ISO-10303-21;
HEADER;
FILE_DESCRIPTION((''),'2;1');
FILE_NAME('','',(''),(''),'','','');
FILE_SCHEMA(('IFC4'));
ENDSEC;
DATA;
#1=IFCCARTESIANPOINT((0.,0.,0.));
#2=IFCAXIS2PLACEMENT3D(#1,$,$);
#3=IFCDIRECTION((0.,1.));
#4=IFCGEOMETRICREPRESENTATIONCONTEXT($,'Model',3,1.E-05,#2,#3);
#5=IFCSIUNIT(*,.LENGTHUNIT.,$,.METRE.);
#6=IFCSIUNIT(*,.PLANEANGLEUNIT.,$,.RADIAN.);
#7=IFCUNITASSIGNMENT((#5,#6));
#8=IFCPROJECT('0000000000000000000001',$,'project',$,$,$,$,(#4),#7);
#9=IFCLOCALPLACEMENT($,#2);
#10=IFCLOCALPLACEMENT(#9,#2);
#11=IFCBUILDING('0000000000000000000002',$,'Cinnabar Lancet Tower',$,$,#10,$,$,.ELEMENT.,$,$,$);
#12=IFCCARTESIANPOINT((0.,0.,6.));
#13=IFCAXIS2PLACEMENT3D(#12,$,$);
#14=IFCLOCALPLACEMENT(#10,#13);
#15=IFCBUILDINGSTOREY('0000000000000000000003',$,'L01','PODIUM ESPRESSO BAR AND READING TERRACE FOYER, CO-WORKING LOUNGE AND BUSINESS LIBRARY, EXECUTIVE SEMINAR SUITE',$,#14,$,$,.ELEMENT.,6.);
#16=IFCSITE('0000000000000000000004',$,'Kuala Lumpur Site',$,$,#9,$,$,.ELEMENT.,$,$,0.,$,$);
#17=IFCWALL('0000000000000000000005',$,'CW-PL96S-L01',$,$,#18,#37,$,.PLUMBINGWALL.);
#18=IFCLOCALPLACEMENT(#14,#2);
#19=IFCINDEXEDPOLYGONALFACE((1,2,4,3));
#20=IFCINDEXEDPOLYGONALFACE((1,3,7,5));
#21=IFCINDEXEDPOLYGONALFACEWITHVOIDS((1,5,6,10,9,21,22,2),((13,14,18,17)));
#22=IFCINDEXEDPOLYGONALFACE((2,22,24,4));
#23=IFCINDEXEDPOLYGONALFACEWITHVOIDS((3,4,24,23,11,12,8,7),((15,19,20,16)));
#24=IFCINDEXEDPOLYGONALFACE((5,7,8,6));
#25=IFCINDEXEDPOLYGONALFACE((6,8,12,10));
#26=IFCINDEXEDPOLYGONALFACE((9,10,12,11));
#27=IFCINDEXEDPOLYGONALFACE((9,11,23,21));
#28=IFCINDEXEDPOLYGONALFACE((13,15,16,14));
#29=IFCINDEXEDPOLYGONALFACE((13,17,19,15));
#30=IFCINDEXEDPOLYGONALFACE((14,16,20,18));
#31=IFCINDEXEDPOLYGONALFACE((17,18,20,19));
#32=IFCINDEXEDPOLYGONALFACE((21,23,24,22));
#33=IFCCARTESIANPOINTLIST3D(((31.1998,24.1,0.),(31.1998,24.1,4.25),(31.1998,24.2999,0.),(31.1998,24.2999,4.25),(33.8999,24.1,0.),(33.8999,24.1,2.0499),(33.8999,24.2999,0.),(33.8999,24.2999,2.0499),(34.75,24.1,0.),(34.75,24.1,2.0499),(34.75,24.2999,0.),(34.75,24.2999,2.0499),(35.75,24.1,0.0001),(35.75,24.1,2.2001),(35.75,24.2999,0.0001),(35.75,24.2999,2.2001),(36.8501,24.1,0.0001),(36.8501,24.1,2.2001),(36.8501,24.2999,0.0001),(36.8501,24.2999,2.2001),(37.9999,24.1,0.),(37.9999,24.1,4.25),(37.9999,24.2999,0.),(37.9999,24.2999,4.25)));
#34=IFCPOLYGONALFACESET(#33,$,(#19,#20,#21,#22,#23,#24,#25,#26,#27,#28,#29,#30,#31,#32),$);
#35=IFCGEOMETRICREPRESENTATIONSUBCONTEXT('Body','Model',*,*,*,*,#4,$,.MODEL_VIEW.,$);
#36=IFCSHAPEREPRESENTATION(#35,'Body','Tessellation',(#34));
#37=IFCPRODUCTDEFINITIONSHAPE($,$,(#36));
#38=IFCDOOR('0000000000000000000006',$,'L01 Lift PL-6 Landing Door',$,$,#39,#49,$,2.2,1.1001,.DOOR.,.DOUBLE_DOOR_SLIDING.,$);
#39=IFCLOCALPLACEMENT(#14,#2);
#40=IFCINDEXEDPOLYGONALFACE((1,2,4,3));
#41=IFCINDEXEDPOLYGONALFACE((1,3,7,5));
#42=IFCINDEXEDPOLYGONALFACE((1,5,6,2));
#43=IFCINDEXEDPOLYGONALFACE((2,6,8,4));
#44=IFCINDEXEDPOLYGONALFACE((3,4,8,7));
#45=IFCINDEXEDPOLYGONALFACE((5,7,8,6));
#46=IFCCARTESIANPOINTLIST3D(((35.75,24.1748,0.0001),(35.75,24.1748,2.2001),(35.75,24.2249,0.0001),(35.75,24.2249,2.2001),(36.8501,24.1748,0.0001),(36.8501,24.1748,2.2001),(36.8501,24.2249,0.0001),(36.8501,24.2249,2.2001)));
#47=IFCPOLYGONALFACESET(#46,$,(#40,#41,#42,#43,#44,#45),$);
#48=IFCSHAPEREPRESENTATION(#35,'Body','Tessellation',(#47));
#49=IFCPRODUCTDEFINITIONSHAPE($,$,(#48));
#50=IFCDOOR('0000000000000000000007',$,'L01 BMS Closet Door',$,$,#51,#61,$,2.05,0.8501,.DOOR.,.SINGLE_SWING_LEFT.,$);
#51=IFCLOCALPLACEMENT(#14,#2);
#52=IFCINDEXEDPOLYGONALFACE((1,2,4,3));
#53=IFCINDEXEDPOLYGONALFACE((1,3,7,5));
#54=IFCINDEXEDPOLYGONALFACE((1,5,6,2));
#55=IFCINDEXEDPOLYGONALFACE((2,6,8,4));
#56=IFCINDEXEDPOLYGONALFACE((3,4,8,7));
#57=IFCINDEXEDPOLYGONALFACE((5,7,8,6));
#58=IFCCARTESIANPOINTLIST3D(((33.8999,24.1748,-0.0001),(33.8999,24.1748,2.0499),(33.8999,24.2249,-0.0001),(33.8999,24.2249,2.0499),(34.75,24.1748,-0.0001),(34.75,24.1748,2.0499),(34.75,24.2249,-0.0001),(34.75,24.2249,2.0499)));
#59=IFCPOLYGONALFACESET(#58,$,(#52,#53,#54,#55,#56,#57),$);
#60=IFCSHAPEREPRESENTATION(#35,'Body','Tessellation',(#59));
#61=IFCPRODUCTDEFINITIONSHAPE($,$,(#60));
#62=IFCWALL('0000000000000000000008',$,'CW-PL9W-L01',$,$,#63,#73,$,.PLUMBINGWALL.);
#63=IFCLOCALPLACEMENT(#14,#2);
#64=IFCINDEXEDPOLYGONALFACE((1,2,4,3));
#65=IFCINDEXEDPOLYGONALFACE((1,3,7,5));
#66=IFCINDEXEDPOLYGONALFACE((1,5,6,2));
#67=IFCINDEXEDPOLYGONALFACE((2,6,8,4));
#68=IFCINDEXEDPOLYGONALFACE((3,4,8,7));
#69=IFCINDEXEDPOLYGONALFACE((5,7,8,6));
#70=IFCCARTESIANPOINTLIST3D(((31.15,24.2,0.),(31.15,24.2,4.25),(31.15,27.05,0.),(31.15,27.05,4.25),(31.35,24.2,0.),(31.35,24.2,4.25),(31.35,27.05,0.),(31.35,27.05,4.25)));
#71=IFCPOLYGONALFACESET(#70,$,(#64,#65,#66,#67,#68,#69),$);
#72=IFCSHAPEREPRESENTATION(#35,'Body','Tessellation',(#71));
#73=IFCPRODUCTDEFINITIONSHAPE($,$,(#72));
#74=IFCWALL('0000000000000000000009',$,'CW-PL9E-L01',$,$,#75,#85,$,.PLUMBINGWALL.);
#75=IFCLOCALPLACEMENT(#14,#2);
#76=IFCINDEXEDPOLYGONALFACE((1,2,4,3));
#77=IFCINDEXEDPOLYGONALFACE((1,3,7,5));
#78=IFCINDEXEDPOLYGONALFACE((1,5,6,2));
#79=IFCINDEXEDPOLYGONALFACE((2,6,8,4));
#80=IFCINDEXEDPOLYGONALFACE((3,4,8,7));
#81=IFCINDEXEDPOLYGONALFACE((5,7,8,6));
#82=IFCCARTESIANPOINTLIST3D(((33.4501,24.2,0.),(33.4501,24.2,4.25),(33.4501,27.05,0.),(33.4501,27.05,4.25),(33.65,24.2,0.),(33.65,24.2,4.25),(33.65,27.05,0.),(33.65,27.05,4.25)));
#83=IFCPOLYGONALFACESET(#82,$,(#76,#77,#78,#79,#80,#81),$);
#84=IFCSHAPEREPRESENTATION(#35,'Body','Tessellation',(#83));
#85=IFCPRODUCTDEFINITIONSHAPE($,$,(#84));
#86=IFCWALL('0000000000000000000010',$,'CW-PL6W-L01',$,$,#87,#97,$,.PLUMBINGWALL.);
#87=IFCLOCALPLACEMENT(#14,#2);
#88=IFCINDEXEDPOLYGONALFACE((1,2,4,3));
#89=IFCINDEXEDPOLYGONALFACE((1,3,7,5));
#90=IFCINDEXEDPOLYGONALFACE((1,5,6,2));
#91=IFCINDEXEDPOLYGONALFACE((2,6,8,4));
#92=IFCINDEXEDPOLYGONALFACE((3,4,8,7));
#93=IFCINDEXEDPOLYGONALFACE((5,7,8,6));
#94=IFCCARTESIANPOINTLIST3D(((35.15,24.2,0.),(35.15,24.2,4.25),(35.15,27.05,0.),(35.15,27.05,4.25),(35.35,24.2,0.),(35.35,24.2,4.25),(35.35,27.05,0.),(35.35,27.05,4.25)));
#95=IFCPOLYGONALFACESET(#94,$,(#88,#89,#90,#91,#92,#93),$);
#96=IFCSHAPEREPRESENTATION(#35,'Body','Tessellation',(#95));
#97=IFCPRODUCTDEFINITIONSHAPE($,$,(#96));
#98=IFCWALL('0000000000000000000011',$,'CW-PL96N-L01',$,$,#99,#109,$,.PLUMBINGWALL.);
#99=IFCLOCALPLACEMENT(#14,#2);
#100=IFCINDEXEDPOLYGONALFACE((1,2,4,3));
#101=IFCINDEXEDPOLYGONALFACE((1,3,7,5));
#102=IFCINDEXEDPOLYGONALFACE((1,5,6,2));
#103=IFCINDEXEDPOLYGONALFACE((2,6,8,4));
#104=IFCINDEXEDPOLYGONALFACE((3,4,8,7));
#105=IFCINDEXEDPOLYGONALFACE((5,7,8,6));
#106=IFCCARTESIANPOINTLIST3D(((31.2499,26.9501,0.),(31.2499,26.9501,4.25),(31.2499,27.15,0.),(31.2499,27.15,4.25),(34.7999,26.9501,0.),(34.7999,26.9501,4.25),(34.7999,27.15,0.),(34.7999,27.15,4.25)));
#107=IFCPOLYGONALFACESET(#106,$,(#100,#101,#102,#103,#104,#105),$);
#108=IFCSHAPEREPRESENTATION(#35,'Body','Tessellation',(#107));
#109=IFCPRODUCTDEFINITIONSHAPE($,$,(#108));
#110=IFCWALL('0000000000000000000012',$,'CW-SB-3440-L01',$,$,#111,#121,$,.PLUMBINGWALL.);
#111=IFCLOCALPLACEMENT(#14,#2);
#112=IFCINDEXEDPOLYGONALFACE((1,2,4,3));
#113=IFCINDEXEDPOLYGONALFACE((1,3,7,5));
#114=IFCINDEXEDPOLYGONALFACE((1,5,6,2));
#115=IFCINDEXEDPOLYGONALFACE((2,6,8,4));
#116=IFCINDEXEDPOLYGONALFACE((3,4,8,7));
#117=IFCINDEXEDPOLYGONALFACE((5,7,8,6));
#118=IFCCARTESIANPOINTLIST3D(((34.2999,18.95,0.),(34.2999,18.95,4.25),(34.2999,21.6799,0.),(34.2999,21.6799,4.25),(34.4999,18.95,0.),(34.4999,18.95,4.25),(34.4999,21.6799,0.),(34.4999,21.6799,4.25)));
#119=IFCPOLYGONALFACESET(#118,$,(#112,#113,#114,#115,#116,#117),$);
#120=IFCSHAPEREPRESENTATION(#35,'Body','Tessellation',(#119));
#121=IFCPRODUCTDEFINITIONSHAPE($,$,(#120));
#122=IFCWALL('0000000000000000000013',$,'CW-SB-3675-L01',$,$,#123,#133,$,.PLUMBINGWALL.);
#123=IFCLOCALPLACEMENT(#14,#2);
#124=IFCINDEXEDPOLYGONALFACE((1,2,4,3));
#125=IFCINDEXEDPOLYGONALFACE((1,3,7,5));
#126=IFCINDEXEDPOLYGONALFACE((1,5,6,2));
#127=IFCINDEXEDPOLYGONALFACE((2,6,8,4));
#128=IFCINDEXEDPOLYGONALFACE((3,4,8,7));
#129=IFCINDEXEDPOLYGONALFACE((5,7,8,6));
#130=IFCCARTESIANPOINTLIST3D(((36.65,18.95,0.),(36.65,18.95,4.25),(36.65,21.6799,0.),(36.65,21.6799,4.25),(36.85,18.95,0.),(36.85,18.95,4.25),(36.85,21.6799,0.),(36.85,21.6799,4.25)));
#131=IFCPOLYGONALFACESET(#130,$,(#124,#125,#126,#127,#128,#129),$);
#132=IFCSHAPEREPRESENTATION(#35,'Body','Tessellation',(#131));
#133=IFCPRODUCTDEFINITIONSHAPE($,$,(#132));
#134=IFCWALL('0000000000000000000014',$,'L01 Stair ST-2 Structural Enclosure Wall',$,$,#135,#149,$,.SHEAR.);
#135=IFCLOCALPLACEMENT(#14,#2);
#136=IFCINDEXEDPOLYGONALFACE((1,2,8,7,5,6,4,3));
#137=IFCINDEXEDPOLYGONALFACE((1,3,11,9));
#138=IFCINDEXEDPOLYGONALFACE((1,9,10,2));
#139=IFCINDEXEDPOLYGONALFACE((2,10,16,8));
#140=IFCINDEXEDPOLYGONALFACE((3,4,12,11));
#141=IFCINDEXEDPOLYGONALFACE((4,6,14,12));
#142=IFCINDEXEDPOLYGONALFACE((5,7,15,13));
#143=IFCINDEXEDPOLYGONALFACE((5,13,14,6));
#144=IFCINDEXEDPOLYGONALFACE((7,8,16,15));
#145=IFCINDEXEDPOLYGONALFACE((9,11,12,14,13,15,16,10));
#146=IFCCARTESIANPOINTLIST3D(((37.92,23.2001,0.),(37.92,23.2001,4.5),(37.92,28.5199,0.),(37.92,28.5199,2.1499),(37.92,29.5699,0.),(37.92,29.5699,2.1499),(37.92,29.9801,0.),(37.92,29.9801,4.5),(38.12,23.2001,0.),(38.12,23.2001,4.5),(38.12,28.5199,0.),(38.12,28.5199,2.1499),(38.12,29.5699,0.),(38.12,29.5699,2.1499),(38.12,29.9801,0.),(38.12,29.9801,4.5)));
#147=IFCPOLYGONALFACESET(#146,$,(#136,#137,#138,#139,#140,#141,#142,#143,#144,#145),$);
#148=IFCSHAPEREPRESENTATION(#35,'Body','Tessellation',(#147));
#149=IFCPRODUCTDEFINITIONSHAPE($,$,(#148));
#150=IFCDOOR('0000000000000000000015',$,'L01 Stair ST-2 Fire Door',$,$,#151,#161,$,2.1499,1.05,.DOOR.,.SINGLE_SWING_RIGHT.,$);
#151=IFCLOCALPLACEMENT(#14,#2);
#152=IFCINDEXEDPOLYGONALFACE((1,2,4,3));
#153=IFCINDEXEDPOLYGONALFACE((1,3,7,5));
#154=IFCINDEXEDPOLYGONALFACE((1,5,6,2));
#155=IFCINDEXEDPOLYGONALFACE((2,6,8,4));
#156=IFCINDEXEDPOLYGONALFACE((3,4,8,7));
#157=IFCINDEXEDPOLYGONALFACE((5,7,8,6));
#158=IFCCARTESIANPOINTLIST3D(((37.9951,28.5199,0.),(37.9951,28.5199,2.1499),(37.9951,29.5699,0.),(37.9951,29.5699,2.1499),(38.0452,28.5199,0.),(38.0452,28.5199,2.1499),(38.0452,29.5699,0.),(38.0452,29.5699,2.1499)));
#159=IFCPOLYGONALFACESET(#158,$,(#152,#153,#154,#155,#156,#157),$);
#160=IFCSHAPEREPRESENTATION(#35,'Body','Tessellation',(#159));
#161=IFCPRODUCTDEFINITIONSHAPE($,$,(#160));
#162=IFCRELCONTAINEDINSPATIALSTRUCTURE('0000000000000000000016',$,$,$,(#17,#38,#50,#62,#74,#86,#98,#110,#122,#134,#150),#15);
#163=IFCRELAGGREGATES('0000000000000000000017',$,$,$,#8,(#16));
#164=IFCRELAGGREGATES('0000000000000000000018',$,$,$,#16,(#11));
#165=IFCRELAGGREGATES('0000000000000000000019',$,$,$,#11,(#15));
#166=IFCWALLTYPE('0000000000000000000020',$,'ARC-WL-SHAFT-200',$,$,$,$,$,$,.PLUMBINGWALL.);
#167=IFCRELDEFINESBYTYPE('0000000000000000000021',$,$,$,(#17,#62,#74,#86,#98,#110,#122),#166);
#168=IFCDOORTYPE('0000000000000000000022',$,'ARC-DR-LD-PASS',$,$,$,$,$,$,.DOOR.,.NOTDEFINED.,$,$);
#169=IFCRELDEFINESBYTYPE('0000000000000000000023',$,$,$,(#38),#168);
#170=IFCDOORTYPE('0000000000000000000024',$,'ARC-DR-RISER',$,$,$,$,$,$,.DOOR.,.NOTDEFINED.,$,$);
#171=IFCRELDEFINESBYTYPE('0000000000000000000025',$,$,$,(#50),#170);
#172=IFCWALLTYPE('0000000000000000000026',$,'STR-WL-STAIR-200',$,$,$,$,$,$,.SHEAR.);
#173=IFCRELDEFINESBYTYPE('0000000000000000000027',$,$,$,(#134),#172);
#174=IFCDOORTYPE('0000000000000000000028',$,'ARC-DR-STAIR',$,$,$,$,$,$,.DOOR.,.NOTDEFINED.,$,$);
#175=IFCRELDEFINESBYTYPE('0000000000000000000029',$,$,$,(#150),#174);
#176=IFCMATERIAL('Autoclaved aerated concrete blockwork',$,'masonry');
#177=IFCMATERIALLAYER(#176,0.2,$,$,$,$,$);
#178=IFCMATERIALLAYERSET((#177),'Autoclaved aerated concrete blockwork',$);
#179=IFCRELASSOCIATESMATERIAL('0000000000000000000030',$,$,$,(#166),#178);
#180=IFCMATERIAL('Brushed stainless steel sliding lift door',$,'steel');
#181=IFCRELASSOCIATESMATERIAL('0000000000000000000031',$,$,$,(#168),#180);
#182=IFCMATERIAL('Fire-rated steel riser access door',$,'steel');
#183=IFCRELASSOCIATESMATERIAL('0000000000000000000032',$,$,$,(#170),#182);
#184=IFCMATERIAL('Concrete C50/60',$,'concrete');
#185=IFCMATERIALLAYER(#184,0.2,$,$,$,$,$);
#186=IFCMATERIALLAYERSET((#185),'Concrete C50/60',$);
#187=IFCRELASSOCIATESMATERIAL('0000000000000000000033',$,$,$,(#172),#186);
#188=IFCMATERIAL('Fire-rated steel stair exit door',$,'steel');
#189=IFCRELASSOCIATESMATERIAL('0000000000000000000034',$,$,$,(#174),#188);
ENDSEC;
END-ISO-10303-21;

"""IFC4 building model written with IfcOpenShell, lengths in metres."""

from ifc_helpers import new_model, si_unit, direction, frame, frame_2d, origin, place, context, subcontext, project, spatial, rectangle, extrude, material, layer, layer_set, type_object, element, fill, save


model = new_model("IFC4")

# Units and contexts
model_context = context("Model", 3, precision=1e-05, world=origin(), true_north=direction((0.0, 1.0)))
body_context = subcontext(model_context, "Body", "Model", "MODEL_VIEW")
ifc_project = project(units=[si_unit("LENGTHUNIT", "METRE"), si_unit("PLANEANGLEUNIT", "RADIAN")], contexts=[model_context])

# Site, building, storey
site_placement = place(None, origin())
site = spatial("IfcSite", under=ifc_project, at=site_placement, Name="Kuala Lumpur Site", CompositionType="ELEMENT", RefElevation=0.0)
building_placement = place(site_placement, origin())
building = spatial("IfcBuilding", under=site, at=building_placement, Name="Cinnabar Lancet Tower", CompositionType="ELEMENT")
storey_placement = place(building_placement, frame((0.0, 0.0, 6.0)))
storey = spatial("IfcBuildingStorey", under=building, at=storey_placement, Name="L01", Description="PODIUM ESPRESSO BAR AND READING TERRACE FOYER, CO-WORKING LOUNGE AND BUSINESS LIBRARY, EXECUTIVE SEMINAR SUITE", CompositionType="ELEMENT", Elevation=6.0)

# Shared definitions
ifc_material_1 = material(Name="Autoclaved aerated concrete blockwork", Category="masonry")
ifc_layer_1 = layer(ifc_material_1, 0.2)
ifc_layer_set_1 = layer_set([ifc_layer_1], Name="Autoclaved aerated concrete blockwork")
wall_type_1 = type_object("IfcWallType", Name="ARC-WL-SHAFT-200", PredefinedType="PLUMBINGWALL", material=ifc_layer_set_1)

# Wall, openings, doors
wall_1_placement = place(storey_placement, frame((31.2, 24.2, 0.0), z_axis=(0.0, 0.0, 1.0), x_axis=(1.0, 0.0, 0.0)))
wall_1 = element("IfcWall", 1, at=wall_1_placement, inside=storey, type_object=wall_type_1, Name="CW-PL96S-L01", PredefinedType="PLUMBINGWALL", context=body_context, shape_type="SweptSolid", body=[
    extrude(rectangle(XDim=6.8, YDim=0.2, at=frame_2d((3.3999, 0.0))), origin(), (0.0, 0.0, 1.0), 4.25),
])
opening_1_placement = place(wall_1_placement, frame((2.7, 0.0, 0.0)))
opening_1 = element("IfcOpeningElement", 2, at=opening_1_placement, cuts=wall_1, PredefinedType="OPENING", context=body_context, shape_type="SweptSolid", body=[
    extrude(rectangle(XDim=0.8501, YDim=2.05, at=frame_2d((0.425, 1.0249))), frame((0.0, 0.1099, 0.0), z_axis=(0.0, -1.0, 0.0), x_axis=(1.0, 0.0, 0.0)), (0.0, 0.0, 1.0), 0.22),
])
opening_2_placement = place(wall_1_placement, frame((4.55, 0.0, 0.0)))
opening_2 = element("IfcOpeningElement", 3, at=opening_2_placement, cuts=wall_1, PredefinedType="OPENING", context=body_context, shape_type="SweptSolid", body=[
    extrude(rectangle(XDim=1.1001, YDim=2.2, at=frame_2d((0.55, 1.1001))), frame((0.0, 0.1099, 0.0), z_axis=(0.0, -1.0, 0.0), x_axis=(1.0, 0.0, 0.0)), (0.0, 0.0, 1.0), 0.22),
])
ifc_material_2 = material(Name="Brushed stainless steel sliding lift door", Category="steel")
door_type_1 = type_object("IfcDoorType", Name="ARC-DR-LD-PASS", OperationType="NOTDEFINED", PredefinedType="DOOR", material=ifc_material_2)
door_1_placement = place(opening_2_placement, origin())
door_1 = element("IfcDoor", 4, at=door_1_placement, inside=storey, type_object=door_type_1, Name="L01 Lift PL-6 Landing Door", OperationType="DOUBLE_DOOR_SLIDING", OverallHeight=2.2, OverallWidth=1.1001, PredefinedType="DOOR", context=body_context, shape_type="SweptSolid", body=[
    extrude(rectangle(XDim=1.1001, YDim=2.2, at=frame_2d((0.55, 1.1001))), frame((0.0, 0.0249, 0.0), z_axis=(0.0, -1.0, 0.0), x_axis=(1.0, 0.0, 0.0)), (0.0, 0.0, 1.0), 0.05),
])
fill(opening_2, door_1)
ifc_material_3 = material(Name="Fire-rated steel riser access door", Category="steel")
door_type_2 = type_object("IfcDoorType", Name="ARC-DR-RISER", OperationType="NOTDEFINED", PredefinedType="DOOR", material=ifc_material_3)
door_2_placement = place(opening_1_placement, origin())
door_2 = element("IfcDoor", 5, at=door_2_placement, inside=storey, type_object=door_type_2, Name="L01 BMS Closet Door", OperationType="SINGLE_SWING_LEFT", OverallHeight=2.05, OverallWidth=0.8501, PredefinedType="DOOR", context=body_context, shape_type="SweptSolid", body=[
    extrude(rectangle(XDim=0.8501, YDim=2.05, at=frame_2d((0.425, 1.0249))), frame((0.0, 0.0249, 0.0), z_axis=(0.0, -1.0, 0.0), x_axis=(1.0, 0.0, 0.0)), (0.0, 0.0, 1.0), 0.05),
])
fill(opening_1, door_2)

# Walls
for number, where, z_axis, x_axis, name in (
    (6, (31.25, 24.2, 0.0), (0.0, 0.0, 1.0), (0.0, 1.0, 0.0), "CW-PL9W-L01"),
    (7, (33.55, 24.2, 0.0), (0.0, 0.0, 1.0), (0.0, 1.0, 0.0), "CW-PL9E-L01"),
    (8, (35.25, 24.2, 0.0), (0.0, 0.0, 1.0), (0.0, 1.0, 0.0), "CW-PL6W-L01"),
):
    element("IfcWall", number, at=place(storey_placement, frame(where, z_axis=z_axis, x_axis=x_axis)), inside=storey, type_object=wall_type_1, Name=name, PredefinedType="PLUMBINGWALL", context=body_context, shape_type="SweptSolid", body=[
        extrude(rectangle(XDim=2.8501, YDim=0.2, at=frame_2d((1.425, 0.0))), origin(), (0.0, 0.0, 1.0), 4.25),
    ])
wall_2_placement = place(storey_placement, frame((31.25, 27.05, 0.0), z_axis=(0.0, 0.0, 1.0), x_axis=(1.0, 0.0, 0.0)))
element("IfcWall", 9, at=wall_2_placement, inside=storey, type_object=wall_type_1, Name="CW-PL96N-L01", PredefinedType="PLUMBINGWALL", context=body_context, shape_type="SweptSolid", body=[
    extrude(rectangle(XDim=3.55, YDim=0.2, at=frame_2d((1.7749, 0.0))), origin(), (0.0, 0.0, 1.0), 4.25),
])
for number, where, z_axis, x_axis, name in (
    (10, (34.3999, 18.95, 0.0), (0.0, 0.0, 1.0), (0.0, 1.0, 0.0), "CW-SB-3440-L01"),
    (11, (36.75, 18.95, 0.0), (0.0, 0.0, 1.0), (0.0, 1.0, 0.0), "CW-SB-3675-L01"),
):
    element("IfcWall", number, at=place(storey_placement, frame(where, z_axis=z_axis, x_axis=x_axis)), inside=storey, type_object=wall_type_1, Name=name, PredefinedType="PLUMBINGWALL", context=body_context, shape_type="SweptSolid", body=[
        extrude(rectangle(XDim=2.73, YDim=0.2, at=frame_2d((1.365, 0.0))), origin(), (0.0, 0.0, 1.0), 4.25),
    ])

# Wall, opening, door
ifc_material_4 = material(Name="Concrete C50/60", Category="concrete")
ifc_layer_2 = layer(ifc_material_4, 0.2)
ifc_layer_set_2 = layer_set([ifc_layer_2], Name="Concrete C50/60")
wall_type_2 = type_object("IfcWallType", Name="STR-WL-STAIR-200", PredefinedType="SHEAR", material=ifc_layer_set_2)
wall_3_placement = place(storey_placement, frame((38.02, 23.2, 0.0), z_axis=(0.0, 0.0, 1.0), x_axis=(0.0, 1.0, 0.0)))
wall_3 = element("IfcWall", 12, at=wall_3_placement, inside=storey, type_object=wall_type_2, Name="L01 Stair ST-2 Structural Enclosure Wall", PredefinedType="SHEAR", context=body_context, shape_type="SweptSolid", body=[
    extrude(rectangle(XDim=6.78, YDim=0.2, at=frame_2d((3.3901, 0.0))), origin(), (0.0, 0.0, 1.0), 4.5),
])
opening_3_placement = place(wall_3_placement, frame((5.3201, 0.0, 0.0)))
opening_3 = element("IfcOpeningElement", 13, at=opening_3_placement, cuts=wall_3, PredefinedType="OPENING", context=body_context, shape_type="SweptSolid", body=[
    extrude(rectangle(XDim=1.05, YDim=2.1499, at=frame_2d((0.5249, 1.075))), frame((0.0, 0.1099, 0.0), z_axis=(0.0, -1.0, 0.0), x_axis=(1.0, 0.0, 0.0)), (0.0, 0.0, 1.0), 0.22),
])
ifc_material_5 = material(Name="Fire-rated steel stair exit door", Category="steel")
door_type_3 = type_object("IfcDoorType", Name="ARC-DR-STAIR", OperationType="NOTDEFINED", PredefinedType="DOOR", material=ifc_material_5)
door_3_placement = place(opening_3_placement, origin())
door_3 = element("IfcDoor", 14, at=door_3_placement, inside=storey, type_object=door_type_3, Name="L01 Stair ST-2 Fire Door", OperationType="SINGLE_SWING_RIGHT", OverallHeight=2.1499, OverallWidth=1.05, PredefinedType="DOOR", context=body_context, shape_type="SweptSolid", body=[
    extrude(rectangle(XDim=1.05, YDim=2.1499, at=frame_2d((0.5249, 1.075))), frame((0.0, 0.0249, 0.0), z_axis=(0.0, -1.0, 0.0), x_axis=(1.0, 0.0, 0.0)), (0.0, 0.0, 1.0), 0.05),
])
fill(opening_3, door_3)

save(model, "model.ifc")
